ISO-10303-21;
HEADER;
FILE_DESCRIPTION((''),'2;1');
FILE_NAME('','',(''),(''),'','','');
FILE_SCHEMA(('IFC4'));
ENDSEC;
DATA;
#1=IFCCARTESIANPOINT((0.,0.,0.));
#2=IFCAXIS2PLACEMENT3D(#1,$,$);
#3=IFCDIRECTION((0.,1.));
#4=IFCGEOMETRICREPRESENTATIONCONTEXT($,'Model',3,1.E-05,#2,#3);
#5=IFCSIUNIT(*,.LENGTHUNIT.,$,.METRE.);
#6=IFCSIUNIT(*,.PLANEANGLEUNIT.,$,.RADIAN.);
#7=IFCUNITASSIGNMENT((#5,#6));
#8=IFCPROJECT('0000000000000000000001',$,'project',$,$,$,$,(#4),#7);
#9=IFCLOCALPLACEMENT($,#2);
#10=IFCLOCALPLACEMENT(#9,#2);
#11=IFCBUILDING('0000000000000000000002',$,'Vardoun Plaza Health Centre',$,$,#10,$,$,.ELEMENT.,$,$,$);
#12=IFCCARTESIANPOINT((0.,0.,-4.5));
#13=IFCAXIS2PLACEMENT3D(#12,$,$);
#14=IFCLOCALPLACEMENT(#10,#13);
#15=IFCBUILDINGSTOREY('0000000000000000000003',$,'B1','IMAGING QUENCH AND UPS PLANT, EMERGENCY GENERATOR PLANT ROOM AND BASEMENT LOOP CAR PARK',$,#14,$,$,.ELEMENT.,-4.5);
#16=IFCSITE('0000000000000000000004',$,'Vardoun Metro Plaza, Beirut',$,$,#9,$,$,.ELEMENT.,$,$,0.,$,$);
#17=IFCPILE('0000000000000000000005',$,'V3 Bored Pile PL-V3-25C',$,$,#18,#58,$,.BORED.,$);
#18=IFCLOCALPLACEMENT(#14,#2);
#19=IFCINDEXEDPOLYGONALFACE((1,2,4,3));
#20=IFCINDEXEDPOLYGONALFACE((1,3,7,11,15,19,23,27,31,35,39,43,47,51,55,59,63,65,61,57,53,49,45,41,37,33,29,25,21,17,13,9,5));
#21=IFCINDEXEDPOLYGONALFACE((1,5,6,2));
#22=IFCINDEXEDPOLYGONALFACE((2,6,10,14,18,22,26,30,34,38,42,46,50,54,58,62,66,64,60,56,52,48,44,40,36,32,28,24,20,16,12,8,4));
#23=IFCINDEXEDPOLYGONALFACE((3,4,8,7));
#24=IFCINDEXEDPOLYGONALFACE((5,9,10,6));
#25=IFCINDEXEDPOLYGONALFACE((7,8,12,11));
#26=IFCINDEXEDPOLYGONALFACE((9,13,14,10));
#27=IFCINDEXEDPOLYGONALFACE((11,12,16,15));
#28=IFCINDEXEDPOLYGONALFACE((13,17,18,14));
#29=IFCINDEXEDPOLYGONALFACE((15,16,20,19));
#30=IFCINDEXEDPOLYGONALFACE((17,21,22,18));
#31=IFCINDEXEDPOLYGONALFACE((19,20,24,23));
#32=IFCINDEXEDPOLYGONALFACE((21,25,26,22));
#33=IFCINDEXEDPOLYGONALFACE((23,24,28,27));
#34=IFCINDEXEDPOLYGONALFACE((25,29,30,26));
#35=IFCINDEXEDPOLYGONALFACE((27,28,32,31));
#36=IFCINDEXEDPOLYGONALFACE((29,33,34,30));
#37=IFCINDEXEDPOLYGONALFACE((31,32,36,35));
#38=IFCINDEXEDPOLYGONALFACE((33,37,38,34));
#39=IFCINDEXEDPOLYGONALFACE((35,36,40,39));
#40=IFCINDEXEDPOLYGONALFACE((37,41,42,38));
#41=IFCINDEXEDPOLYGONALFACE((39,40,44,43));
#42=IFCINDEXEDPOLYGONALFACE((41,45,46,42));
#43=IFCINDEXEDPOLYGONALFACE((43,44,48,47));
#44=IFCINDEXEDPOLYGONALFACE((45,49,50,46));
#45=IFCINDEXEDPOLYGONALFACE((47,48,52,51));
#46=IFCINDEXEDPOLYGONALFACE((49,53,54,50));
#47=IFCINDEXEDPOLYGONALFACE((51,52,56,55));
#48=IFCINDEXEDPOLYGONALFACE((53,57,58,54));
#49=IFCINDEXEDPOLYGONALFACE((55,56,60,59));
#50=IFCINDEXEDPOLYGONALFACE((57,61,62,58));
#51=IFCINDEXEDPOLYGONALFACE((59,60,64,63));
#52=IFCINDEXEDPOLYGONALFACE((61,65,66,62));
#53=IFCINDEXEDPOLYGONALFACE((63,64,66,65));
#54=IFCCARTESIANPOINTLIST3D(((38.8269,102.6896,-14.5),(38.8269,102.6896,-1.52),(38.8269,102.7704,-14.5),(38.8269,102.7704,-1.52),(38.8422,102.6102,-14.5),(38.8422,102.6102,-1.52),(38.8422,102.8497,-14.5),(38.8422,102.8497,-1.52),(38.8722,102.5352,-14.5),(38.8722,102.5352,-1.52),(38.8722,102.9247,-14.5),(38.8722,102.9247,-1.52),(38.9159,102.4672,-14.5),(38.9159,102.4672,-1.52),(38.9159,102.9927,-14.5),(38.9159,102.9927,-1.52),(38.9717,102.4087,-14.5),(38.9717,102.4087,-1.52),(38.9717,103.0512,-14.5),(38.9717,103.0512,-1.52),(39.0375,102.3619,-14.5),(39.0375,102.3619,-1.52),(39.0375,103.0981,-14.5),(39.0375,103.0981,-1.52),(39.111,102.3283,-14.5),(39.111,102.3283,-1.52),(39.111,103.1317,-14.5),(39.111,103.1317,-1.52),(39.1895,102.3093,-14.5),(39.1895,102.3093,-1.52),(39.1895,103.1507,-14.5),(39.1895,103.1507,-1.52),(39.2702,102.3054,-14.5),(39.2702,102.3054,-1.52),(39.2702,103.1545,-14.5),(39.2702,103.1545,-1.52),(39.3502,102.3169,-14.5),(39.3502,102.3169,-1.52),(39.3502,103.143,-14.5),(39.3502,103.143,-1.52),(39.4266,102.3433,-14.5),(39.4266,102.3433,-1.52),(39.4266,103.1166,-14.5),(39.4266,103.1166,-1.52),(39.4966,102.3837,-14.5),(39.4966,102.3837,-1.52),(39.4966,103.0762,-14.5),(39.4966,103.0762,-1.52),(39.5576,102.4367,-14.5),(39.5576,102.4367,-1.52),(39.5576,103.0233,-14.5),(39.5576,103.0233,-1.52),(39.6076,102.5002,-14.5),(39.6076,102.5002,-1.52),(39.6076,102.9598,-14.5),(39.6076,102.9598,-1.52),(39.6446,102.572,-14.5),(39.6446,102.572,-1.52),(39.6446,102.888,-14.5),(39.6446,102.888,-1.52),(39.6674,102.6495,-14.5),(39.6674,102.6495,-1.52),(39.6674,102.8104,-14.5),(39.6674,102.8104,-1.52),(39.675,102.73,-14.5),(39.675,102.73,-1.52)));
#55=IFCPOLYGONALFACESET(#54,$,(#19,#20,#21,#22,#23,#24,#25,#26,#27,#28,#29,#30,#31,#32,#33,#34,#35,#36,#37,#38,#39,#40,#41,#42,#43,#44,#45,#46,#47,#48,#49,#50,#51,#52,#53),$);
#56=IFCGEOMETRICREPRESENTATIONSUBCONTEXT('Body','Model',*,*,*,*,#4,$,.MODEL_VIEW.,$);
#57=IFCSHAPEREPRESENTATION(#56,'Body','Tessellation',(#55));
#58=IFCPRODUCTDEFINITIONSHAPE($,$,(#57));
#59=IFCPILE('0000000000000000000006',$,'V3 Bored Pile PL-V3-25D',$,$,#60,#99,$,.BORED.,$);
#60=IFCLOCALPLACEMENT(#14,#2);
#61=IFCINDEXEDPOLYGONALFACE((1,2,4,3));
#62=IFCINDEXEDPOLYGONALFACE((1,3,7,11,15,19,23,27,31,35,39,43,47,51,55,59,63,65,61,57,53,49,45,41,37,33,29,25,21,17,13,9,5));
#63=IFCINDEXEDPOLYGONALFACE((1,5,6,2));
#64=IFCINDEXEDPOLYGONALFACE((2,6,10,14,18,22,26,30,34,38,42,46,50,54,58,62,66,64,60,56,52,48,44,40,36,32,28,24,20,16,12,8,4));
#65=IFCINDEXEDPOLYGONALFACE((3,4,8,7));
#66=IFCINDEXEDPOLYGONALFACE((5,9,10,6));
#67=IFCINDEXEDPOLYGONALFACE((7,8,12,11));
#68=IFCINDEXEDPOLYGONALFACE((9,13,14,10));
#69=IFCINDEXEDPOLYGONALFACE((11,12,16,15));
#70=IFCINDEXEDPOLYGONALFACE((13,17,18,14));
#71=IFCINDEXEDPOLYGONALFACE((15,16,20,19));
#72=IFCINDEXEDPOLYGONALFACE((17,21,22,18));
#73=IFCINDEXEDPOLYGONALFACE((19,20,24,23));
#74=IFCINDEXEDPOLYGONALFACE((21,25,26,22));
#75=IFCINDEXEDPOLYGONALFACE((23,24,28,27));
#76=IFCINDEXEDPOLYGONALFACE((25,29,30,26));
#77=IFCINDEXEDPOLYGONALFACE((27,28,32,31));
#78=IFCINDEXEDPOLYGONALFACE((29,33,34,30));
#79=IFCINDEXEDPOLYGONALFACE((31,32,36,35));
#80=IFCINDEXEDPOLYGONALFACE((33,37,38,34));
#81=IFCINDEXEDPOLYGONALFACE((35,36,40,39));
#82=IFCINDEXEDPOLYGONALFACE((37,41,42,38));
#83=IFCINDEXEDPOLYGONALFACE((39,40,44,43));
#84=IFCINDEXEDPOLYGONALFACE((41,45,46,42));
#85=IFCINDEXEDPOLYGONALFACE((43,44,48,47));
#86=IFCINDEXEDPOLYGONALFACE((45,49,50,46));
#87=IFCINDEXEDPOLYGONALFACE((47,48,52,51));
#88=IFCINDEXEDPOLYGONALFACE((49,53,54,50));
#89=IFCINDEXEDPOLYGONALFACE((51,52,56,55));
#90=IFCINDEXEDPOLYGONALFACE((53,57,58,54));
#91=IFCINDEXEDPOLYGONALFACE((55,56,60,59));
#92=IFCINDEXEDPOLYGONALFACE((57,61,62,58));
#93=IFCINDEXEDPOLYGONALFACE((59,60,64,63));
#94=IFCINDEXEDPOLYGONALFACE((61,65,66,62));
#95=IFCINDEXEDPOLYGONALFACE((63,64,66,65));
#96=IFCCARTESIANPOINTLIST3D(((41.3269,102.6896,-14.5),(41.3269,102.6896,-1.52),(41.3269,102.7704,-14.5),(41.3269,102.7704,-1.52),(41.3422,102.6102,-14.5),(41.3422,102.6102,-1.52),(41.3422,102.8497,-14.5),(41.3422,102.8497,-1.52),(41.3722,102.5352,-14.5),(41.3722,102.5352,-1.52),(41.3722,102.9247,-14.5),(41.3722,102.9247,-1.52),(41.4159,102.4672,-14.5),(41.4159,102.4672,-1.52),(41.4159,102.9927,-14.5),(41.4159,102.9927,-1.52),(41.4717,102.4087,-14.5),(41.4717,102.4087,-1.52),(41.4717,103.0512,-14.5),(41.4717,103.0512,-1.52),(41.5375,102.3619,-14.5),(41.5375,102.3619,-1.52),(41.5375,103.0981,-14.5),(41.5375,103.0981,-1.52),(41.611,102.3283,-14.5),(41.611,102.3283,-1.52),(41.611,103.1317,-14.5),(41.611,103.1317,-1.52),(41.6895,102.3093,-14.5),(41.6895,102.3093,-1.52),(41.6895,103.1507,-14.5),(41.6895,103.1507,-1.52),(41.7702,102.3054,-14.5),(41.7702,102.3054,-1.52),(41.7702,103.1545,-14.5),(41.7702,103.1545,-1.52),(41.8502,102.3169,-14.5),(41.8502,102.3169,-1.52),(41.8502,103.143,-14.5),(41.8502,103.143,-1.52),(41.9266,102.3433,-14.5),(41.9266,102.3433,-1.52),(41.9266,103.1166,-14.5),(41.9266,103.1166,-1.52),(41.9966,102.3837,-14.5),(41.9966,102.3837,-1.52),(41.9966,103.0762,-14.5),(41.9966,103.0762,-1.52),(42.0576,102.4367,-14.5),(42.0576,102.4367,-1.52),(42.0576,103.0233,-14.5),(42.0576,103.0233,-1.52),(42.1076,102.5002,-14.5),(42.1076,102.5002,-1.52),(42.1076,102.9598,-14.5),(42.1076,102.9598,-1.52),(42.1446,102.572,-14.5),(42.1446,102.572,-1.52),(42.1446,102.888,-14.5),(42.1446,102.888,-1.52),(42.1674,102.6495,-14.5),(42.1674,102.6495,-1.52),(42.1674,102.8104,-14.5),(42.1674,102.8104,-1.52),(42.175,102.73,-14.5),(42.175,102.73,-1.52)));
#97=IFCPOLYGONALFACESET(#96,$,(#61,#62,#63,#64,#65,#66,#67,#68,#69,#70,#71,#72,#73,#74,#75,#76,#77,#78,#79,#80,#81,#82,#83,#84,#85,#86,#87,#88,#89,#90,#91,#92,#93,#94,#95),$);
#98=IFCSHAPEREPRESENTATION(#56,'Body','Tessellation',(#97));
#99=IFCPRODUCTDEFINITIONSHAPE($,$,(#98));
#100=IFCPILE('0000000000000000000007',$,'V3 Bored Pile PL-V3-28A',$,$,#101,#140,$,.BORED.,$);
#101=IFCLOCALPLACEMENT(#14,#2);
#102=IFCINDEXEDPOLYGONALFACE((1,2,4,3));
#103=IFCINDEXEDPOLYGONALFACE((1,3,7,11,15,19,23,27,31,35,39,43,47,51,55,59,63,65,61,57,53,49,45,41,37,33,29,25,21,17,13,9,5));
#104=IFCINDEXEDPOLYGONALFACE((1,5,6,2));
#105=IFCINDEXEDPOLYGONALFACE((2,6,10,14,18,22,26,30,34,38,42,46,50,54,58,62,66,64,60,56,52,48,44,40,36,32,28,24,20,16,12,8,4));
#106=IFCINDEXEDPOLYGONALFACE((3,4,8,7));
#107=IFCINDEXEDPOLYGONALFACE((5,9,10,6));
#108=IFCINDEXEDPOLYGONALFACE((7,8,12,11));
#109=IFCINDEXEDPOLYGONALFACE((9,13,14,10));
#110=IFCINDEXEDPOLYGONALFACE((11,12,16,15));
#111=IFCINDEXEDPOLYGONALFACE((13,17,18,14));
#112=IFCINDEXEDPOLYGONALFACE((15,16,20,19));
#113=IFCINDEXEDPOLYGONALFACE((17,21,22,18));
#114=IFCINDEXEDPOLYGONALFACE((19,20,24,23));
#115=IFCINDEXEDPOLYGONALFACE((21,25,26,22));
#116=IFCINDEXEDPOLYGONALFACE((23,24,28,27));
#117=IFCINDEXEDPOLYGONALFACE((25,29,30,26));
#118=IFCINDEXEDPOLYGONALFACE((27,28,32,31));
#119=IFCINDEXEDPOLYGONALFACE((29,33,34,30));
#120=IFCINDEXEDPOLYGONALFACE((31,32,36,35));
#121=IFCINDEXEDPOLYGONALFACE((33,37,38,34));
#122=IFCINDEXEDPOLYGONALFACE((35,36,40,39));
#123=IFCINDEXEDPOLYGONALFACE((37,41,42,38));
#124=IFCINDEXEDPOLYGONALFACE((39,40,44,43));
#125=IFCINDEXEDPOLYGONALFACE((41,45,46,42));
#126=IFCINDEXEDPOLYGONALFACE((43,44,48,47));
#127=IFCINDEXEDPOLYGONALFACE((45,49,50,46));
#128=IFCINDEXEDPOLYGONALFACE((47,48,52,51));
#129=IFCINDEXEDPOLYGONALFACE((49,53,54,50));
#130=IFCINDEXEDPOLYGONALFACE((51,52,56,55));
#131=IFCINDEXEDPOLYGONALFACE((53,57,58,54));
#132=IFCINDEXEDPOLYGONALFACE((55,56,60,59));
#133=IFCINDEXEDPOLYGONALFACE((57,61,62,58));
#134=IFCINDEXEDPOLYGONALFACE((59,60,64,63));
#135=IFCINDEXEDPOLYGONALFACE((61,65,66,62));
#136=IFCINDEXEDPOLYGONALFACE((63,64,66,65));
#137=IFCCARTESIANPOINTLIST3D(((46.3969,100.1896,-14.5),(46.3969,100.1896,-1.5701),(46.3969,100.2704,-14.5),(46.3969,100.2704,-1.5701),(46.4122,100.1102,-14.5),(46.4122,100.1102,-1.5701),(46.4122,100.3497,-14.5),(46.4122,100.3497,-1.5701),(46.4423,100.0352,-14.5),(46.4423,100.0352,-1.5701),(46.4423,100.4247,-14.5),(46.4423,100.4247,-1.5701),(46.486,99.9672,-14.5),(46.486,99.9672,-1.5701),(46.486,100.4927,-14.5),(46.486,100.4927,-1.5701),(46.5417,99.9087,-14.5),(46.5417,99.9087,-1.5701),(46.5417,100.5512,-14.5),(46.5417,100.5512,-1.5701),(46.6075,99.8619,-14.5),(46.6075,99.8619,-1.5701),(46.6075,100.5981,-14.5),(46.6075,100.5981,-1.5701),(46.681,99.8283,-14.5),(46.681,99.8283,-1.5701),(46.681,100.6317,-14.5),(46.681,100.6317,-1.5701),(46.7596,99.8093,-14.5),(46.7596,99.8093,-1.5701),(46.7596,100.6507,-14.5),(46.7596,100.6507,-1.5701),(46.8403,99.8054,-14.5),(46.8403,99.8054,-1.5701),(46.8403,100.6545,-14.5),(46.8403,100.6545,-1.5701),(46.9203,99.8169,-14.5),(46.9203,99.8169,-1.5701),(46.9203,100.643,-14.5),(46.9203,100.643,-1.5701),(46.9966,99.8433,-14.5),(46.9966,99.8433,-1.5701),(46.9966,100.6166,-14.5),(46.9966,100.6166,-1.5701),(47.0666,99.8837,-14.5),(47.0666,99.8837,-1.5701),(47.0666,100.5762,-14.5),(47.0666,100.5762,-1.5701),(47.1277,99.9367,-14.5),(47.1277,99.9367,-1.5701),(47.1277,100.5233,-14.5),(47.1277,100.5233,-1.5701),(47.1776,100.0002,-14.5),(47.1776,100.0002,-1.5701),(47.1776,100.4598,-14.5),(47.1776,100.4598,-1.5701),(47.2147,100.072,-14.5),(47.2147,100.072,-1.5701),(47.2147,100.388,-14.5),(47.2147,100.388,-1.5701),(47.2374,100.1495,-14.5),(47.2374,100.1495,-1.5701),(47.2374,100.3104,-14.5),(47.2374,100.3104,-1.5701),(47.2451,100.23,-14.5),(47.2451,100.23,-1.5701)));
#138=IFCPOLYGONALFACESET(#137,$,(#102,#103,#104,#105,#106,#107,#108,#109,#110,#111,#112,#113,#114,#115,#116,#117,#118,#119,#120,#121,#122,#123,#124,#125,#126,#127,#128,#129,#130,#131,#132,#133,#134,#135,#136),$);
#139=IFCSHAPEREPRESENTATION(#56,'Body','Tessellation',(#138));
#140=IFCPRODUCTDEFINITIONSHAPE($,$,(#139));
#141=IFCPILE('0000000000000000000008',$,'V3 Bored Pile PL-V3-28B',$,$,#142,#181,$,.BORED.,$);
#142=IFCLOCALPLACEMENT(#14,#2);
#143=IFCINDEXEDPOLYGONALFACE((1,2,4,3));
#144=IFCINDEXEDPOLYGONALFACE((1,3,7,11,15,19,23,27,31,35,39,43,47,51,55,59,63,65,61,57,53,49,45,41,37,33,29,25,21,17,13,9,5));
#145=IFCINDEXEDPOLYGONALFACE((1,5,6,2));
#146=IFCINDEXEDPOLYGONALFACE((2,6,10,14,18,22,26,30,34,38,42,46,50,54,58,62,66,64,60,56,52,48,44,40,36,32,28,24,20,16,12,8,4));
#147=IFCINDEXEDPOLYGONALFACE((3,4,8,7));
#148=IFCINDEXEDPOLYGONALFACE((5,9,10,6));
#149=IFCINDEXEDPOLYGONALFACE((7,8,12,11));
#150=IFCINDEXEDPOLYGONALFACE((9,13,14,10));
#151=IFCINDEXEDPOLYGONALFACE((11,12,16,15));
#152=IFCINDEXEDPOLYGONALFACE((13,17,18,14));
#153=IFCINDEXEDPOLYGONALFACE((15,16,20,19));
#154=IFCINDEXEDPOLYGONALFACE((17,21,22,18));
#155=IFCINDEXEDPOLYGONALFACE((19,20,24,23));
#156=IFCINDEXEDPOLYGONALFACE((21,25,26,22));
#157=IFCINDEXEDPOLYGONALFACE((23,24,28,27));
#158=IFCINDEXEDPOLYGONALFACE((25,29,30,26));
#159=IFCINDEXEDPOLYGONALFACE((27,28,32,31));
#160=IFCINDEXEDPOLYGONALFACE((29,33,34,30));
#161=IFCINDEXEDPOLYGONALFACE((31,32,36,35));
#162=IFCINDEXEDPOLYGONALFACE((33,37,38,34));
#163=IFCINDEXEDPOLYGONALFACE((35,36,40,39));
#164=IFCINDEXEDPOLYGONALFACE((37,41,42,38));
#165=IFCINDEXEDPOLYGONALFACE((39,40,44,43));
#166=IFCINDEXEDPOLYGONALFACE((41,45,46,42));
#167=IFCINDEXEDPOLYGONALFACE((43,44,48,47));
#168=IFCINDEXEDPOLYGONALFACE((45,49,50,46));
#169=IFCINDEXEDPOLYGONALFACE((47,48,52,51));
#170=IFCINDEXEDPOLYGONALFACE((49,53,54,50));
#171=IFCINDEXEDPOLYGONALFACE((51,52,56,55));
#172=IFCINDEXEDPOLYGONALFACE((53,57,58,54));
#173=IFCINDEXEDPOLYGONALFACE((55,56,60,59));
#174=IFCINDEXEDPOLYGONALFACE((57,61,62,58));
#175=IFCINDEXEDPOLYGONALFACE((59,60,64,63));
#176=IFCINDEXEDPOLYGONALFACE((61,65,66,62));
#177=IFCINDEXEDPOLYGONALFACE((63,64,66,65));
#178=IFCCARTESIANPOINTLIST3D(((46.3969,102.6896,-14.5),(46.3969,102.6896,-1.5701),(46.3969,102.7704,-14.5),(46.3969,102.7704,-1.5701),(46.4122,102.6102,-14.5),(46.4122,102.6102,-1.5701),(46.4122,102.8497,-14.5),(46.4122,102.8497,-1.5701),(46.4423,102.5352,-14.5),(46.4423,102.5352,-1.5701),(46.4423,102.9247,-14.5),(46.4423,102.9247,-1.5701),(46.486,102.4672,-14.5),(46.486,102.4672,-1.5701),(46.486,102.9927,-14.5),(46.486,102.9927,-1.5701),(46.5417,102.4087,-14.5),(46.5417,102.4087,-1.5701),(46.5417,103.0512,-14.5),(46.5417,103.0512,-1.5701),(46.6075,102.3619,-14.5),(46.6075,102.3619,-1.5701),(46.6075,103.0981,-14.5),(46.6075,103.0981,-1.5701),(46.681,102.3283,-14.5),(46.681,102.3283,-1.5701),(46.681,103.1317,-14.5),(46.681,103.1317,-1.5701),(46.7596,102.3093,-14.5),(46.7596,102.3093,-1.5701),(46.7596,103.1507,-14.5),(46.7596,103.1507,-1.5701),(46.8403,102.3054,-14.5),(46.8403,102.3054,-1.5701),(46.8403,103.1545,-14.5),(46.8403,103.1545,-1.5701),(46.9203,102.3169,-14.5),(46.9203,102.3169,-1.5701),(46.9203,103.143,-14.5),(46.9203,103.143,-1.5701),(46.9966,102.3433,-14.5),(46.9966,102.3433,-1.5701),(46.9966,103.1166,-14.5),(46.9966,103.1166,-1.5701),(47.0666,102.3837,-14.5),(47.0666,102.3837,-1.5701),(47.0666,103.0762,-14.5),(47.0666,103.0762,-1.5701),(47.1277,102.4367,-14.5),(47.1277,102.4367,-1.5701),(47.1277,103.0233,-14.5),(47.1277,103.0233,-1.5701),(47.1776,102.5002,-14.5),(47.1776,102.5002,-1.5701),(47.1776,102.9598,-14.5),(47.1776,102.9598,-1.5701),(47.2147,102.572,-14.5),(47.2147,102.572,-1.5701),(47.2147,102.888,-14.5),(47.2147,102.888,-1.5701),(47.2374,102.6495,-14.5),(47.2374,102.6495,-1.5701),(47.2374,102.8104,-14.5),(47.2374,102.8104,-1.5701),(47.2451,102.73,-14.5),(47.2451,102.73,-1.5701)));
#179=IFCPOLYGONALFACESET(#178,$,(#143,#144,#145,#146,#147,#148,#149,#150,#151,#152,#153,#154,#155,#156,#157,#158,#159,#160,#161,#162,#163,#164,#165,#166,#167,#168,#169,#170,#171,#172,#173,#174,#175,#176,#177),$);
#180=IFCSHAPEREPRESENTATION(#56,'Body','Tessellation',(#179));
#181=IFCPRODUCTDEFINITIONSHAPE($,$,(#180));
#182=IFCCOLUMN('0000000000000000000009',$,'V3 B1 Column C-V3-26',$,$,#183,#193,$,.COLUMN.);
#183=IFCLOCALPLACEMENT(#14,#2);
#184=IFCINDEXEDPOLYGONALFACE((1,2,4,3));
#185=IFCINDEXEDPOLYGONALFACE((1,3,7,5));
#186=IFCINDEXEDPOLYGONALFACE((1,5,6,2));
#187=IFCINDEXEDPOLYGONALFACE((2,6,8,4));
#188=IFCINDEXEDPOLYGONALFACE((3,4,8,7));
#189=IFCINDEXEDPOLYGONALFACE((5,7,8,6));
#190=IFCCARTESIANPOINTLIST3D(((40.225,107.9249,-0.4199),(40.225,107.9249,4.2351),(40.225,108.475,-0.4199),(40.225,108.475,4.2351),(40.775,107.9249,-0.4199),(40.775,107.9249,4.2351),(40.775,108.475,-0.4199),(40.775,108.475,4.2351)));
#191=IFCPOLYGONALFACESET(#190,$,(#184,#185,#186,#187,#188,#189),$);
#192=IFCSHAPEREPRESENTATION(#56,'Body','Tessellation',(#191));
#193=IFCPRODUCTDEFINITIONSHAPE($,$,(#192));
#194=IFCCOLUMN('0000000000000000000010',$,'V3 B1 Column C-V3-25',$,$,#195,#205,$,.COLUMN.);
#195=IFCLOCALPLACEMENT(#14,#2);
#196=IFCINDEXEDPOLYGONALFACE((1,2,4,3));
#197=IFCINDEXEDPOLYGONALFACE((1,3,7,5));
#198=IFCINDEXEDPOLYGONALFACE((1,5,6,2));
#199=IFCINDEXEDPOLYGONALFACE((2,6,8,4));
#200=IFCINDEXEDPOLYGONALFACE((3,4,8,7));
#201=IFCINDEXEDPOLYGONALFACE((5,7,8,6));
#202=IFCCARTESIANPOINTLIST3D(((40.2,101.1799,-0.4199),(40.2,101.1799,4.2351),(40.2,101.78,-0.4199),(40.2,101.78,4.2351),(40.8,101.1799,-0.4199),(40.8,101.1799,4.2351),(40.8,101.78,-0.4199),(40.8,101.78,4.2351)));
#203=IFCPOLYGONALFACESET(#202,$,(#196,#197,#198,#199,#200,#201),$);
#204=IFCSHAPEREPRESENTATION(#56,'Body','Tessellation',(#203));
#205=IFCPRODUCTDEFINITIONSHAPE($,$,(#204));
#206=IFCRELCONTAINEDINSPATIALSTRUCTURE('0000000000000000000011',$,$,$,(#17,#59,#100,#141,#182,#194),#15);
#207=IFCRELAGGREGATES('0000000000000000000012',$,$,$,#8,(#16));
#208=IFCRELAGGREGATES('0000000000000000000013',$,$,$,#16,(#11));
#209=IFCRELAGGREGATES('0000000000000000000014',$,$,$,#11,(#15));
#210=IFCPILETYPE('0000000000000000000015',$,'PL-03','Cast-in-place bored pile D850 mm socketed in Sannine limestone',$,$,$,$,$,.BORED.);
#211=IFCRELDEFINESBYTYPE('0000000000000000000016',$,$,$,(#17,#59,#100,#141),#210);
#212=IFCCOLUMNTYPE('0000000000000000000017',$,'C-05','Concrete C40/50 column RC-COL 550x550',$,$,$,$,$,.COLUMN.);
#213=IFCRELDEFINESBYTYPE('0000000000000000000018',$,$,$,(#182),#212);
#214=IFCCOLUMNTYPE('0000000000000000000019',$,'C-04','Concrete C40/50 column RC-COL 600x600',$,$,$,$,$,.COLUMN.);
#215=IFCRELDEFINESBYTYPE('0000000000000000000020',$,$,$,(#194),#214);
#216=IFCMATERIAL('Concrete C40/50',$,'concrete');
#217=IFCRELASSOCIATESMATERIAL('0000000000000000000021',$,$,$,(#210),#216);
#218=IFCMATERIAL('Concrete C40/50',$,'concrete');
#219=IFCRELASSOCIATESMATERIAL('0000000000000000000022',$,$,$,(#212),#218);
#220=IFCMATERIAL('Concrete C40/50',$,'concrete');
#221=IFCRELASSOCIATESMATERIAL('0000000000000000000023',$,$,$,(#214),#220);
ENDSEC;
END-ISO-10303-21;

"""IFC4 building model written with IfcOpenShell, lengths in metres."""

from ifc_helpers import new_model, si_unit, direction, frame, origin, origin_2d, place, context, subcontext, project, spatial, rectangle, circle, extrude, material, material_profile, profile_set, type_object, element, save


model = new_model("IFC4")

# Units and contexts
model_context = context("Model", 3, precision=1e-05, world=origin(), true_north=direction((0.0, 1.0)))
body_context = subcontext(model_context, "Body", "Model", "MODEL_VIEW")
ifc_project = project(units=[si_unit("LENGTHUNIT", "METRE"), si_unit("PLANEANGLEUNIT", "RADIAN")], contexts=[model_context])

# Site, building, storey
site_placement = place(None, origin())
site = spatial("IfcSite", under=ifc_project, at=site_placement, Name="Vardoun Metro Plaza, Beirut", CompositionType="ELEMENT", RefElevation=0.0)
building_placement = place(site_placement, origin())
building = spatial("IfcBuilding", under=site, at=building_placement, Name="Vardoun Plaza Health Centre", CompositionType="ELEMENT")
storey_placement = place(building_placement, frame((0.0, 0.0, -4.5)))
storey = spatial("IfcBuildingStorey", under=building, at=storey_placement, Name="B1", Description="IMAGING QUENCH AND UPS PLANT, EMERGENCY GENERATOR PLANT ROOM AND BASEMENT LOOP CAR PARK", CompositionType="ELEMENT", Elevation=-4.5)

# Piles
ifc_material_1 = material(Name="Concrete C40/50", Category="concrete")
ifc_material_profile_1 = material_profile(ifc_material_1, circle(Radius=0.425, at=origin_2d()), Name="PILE D850")
ifc_profile_set_1 = profile_set([ifc_material_profile_1], Name="Concrete C40/50")
pile_type_1 = type_object("IfcPileType", Name="PL-03", Description="Cast-in-place bored pile D850 mm socketed in Sannine limestone", PredefinedType="BORED", material=ifc_profile_set_1)
for number, where, z_axis, x_axis, name in (
    (1, (39.25, 102.73, -1.52), (0.0, 0.0, -1.0), (1.0, 0.0, 0.0), "V3 Bored Pile PL-V3-25C"),
    (2, (41.75, 102.73, -1.52), (0.0, 0.0, -1.0), (1.0, 0.0, 0.0), "V3 Bored Pile PL-V3-25D"),
):
    element("IfcPile", number, at=place(storey_placement, frame(where, z_axis=z_axis, x_axis=x_axis)), inside=storey, type_object=pile_type_1, Name=name, PredefinedType="BORED", context=body_context, shape_type="SweptSolid", body=[
        extrude(circle(Radius=0.425, at=origin_2d()), origin(), (0.0, 0.0, 1.0), 12.98),
    ])
for number, where, z_axis, x_axis, name in (
    (3, (46.8201, 100.23, -1.5701), (0.0, 0.0, -1.0), (1.0, 0.0, 0.0), "V3 Bored Pile PL-V3-28A"),
    (4, (46.8201, 102.73, -1.5701), (0.0, 0.0, -1.0), (1.0, 0.0, 0.0), "V3 Bored Pile PL-V3-28B"),
):
    element("IfcPile", number, at=place(storey_placement, frame(where, z_axis=z_axis, x_axis=x_axis)), inside=storey, type_object=pile_type_1, Name=name, PredefinedType="BORED", context=body_context, shape_type="SweptSolid", body=[
        extrude(circle(Radius=0.425, at=origin_2d()), origin(), (0.0, 0.0, 1.0), 12.9299),
    ])

# Columns
ifc_material_2 = material(Name="Concrete C40/50", Category="concrete")
ifc_material_profile_2 = material_profile(ifc_material_2, rectangle(XDim=0.55, YDim=0.55, at=origin_2d()), Name="RC-COL 550x550")
ifc_profile_set_2 = profile_set([ifc_material_profile_2], Name="Concrete C40/50")
column_type_1 = type_object("IfcColumnType", Name="C-05", Description="Concrete C40/50 column RC-COL 550x550", PredefinedType="COLUMN", material=ifc_profile_set_2)
column_1_placement = place(storey_placement, frame((40.5, 108.2, -0.4199), z_axis=(0.0, 0.0, 1.0), x_axis=(1.0, 0.0, 0.0)))
element("IfcColumn", 5, at=column_1_placement, inside=storey, type_object=column_type_1, Name="V3 B1 Column C-V3-26", PredefinedType="COLUMN", context=body_context, shape_type="SweptSolid", body=[
    extrude(rectangle(XDim=0.55, YDim=0.55, at=origin_2d()), origin(), (0.0, 0.0, 1.0), 4.655),
])
ifc_material_3 = material(Name="Concrete C40/50", Category="concrete")
ifc_material_profile_3 = material_profile(ifc_material_3, rectangle(XDim=0.6001, YDim=0.6001, at=origin_2d()), Name="RC-COL 600x600")
ifc_profile_set_3 = profile_set([ifc_material_profile_3], Name="Concrete C40/50")
column_type_2 = type_object("IfcColumnType", Name="C-04", Description="Concrete C40/50 column RC-COL 600x600", PredefinedType="COLUMN", material=ifc_profile_set_3)
column_2_placement = place(storey_placement, frame((40.5, 101.48, -0.4199), z_axis=(0.0, 0.0, 1.0), x_axis=(1.0, 0.0, 0.0)))
element("IfcColumn", 6, at=column_2_placement, inside=storey, type_object=column_type_2, Name="V3 B1 Column C-V3-25", PredefinedType="COLUMN", context=body_context, shape_type="SweptSolid", body=[
    extrude(rectangle(XDim=0.6001, YDim=0.6001, at=origin_2d()), origin(), (0.0, 0.0, 1.0), 4.655),
])

save(model, "model.ifc")
